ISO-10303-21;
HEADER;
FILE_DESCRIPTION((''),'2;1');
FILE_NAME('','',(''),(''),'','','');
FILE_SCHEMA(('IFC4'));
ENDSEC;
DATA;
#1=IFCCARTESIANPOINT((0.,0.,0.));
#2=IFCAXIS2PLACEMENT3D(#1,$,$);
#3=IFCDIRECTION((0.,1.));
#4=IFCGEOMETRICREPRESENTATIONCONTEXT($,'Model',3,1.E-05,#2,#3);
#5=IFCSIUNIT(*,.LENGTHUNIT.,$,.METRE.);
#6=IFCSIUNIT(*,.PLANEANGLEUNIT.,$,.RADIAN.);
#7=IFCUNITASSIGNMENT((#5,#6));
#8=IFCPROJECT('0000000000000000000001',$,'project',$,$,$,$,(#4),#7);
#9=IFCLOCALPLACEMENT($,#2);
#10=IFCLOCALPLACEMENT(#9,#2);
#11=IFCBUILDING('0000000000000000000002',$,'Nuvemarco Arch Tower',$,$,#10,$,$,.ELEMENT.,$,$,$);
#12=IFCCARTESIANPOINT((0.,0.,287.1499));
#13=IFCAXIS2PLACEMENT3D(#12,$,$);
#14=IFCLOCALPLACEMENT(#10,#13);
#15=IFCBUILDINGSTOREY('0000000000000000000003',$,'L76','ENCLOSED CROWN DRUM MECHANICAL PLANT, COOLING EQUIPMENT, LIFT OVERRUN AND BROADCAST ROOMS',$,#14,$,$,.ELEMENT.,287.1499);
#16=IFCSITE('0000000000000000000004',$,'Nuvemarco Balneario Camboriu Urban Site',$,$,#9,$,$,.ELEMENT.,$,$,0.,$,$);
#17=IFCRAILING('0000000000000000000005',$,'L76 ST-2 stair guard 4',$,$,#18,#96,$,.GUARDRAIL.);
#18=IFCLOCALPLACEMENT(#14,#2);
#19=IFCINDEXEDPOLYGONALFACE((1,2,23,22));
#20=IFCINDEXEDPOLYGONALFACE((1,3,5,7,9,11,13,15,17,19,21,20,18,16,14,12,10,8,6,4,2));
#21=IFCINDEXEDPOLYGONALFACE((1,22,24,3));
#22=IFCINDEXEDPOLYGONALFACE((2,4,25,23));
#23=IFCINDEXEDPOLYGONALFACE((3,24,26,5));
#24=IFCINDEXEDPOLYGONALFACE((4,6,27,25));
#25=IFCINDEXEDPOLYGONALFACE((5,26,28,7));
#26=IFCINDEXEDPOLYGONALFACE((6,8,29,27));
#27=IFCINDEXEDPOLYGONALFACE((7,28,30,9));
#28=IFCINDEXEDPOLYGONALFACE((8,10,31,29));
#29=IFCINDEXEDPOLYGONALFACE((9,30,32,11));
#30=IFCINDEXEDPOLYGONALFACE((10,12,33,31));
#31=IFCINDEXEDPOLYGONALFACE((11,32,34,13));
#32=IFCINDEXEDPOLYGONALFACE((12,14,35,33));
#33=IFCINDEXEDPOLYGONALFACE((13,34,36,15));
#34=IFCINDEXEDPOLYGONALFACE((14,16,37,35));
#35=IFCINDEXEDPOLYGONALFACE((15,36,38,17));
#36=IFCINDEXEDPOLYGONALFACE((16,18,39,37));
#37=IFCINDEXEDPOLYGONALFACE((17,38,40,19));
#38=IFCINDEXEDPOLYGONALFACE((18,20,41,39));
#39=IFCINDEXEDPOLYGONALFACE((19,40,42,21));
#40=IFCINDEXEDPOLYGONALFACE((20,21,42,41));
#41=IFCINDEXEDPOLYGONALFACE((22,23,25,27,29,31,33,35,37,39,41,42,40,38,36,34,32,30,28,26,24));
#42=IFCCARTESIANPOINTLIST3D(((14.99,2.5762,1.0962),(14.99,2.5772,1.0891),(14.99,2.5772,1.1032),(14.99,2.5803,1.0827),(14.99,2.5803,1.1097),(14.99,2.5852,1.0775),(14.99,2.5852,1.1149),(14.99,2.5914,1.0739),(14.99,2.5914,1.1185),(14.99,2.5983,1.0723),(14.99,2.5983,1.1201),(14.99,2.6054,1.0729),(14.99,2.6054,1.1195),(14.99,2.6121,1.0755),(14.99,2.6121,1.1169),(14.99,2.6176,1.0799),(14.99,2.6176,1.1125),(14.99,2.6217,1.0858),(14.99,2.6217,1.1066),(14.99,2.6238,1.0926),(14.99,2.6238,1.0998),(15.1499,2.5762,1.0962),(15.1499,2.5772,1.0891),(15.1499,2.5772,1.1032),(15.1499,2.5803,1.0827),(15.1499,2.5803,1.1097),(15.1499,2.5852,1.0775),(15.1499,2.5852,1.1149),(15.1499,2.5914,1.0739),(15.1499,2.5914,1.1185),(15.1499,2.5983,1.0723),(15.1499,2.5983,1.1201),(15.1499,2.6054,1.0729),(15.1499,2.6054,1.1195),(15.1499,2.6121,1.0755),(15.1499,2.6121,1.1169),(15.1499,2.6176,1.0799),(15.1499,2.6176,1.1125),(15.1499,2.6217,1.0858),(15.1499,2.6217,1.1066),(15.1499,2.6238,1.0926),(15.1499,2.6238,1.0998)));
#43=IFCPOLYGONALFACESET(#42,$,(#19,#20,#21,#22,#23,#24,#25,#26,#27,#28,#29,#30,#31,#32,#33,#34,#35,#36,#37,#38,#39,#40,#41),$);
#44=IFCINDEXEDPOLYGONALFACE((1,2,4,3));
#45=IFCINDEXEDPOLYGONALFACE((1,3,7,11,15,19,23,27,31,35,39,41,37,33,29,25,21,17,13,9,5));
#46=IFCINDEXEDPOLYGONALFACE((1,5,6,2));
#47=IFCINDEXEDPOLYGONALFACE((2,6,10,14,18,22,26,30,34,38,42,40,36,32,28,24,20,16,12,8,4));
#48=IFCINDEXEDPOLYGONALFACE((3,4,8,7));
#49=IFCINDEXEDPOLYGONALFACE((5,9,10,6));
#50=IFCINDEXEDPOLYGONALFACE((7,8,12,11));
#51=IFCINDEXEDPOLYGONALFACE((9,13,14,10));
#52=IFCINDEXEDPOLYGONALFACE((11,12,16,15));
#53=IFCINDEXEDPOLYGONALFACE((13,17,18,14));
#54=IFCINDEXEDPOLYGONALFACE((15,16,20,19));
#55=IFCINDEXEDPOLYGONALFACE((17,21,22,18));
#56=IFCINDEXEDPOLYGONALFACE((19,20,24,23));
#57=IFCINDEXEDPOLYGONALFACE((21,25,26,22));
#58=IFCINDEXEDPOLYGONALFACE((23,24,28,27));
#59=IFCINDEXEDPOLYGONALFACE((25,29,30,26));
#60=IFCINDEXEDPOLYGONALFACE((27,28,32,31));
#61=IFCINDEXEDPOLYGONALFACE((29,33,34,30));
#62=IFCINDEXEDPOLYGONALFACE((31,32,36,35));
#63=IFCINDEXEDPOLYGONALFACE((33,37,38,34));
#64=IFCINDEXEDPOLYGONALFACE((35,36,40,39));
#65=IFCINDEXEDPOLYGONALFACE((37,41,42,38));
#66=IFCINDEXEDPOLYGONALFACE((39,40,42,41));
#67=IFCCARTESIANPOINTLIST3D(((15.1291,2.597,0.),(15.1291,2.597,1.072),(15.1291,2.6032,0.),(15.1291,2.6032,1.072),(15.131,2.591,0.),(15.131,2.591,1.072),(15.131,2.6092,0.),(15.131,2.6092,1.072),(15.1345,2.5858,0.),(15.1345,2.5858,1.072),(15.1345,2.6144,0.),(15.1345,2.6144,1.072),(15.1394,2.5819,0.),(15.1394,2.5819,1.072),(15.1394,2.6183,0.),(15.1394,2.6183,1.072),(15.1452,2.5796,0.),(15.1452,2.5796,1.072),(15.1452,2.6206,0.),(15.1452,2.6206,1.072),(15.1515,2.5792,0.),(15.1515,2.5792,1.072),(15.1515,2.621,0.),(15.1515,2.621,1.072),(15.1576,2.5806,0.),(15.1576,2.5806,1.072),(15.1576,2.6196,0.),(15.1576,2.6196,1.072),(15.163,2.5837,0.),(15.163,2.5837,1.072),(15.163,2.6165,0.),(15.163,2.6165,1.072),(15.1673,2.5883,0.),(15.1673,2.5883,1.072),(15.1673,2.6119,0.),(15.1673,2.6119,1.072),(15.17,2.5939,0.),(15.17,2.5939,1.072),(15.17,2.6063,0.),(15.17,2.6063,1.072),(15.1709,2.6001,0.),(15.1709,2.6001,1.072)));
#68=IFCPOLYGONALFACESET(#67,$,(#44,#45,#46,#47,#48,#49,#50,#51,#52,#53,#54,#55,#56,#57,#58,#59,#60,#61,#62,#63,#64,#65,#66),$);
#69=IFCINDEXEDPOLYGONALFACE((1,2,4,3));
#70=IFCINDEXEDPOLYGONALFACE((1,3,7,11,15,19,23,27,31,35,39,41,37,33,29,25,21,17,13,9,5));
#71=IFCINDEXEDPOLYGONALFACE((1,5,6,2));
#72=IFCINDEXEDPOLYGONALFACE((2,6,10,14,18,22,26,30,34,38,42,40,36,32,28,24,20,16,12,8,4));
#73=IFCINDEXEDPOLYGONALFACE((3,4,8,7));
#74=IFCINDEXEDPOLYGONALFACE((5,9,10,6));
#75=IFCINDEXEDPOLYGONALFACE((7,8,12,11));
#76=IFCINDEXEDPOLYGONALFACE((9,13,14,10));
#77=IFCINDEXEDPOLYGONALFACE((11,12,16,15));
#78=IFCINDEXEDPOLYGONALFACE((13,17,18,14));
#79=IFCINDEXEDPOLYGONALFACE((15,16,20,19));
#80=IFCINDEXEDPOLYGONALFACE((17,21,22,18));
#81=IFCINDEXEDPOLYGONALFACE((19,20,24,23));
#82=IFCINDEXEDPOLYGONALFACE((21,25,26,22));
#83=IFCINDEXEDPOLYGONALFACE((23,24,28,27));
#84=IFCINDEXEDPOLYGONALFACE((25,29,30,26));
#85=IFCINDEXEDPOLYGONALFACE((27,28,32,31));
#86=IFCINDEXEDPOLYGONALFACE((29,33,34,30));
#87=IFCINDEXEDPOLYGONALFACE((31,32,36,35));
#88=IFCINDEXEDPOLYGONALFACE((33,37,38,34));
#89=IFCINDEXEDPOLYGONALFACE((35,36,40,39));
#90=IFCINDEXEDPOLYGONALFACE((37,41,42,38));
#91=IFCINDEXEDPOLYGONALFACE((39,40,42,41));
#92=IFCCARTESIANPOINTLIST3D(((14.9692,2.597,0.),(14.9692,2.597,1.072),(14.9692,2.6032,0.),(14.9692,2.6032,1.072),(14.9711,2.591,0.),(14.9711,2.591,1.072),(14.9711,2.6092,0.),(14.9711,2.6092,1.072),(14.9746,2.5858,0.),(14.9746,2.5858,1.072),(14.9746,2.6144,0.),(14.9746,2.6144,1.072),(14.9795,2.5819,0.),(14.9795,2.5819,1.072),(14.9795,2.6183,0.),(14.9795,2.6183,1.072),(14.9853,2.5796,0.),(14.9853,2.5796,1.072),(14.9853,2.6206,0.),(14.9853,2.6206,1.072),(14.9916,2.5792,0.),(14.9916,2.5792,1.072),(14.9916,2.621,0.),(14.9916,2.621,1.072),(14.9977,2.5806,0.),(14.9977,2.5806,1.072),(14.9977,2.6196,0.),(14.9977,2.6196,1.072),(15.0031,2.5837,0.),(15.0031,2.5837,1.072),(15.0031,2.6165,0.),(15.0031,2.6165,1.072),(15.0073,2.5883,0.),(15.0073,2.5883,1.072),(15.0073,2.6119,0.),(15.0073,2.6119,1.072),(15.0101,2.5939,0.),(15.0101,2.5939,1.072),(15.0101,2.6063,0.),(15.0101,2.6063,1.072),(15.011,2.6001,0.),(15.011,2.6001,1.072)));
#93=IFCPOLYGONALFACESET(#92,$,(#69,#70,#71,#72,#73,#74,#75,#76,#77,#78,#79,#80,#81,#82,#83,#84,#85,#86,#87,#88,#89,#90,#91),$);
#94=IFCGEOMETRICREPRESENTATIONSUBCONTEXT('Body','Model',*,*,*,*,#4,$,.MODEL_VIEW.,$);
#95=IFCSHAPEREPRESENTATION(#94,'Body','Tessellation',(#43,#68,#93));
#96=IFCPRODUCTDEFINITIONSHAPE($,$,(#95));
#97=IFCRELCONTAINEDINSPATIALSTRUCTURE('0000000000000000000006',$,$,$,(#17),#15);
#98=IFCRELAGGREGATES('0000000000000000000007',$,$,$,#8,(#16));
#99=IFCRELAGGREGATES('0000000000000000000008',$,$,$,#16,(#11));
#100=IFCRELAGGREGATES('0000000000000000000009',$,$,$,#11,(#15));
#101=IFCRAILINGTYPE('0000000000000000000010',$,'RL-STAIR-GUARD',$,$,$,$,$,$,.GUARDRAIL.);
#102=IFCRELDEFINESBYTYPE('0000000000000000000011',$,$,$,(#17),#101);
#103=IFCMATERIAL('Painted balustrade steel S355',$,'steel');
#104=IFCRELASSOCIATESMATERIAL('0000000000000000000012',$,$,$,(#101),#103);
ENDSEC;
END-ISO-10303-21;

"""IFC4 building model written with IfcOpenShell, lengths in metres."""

from ifc_helpers import new_model, si_unit, direction, frame, origin, origin_2d, place, context, subcontext, project, spatial, circle, extrude, material, type_object, element, save


model = new_model("IFC4")

# Units and contexts
model_context = context("Model", 3, precision=1e-05, world=origin(), true_north=direction((0.0, 1.0)))
body_context = subcontext(model_context, "Body", "Model", "MODEL_VIEW")
ifc_project = project(units=[si_unit("LENGTHUNIT", "METRE"), si_unit("PLANEANGLEUNIT", "RADIAN")], contexts=[model_context])

# Site, building, storey
site_placement = place(None, origin())
site = spatial("IfcSite", under=ifc_project, at=site_placement, Name="Nuvemarco Balneario Camboriu Urban Site", CompositionType="ELEMENT", RefElevation=0.0)
building_placement = place(site_placement, origin())
building = spatial("IfcBuilding", under=site, at=building_placement, Name="Nuvemarco Arch Tower", CompositionType="ELEMENT")
storey_placement = place(building_placement, frame((0.0, 0.0, 287.1499)))
storey = spatial("IfcBuildingStorey", under=building, at=storey_placement, Name="L76", Description="ENCLOSED CROWN DRUM MECHANICAL PLANT, COOLING EQUIPMENT, LIFT OVERRUN AND BROADCAST ROOMS", CompositionType="ELEMENT", Elevation=287.1499)

# Railing
ifc_material_1 = material(Name="Painted balustrade steel S355", Category="steel")
railing_type_1 = type_object("IfcRailingType", Name="RL-STAIR-GUARD", PredefinedType="GUARDRAIL", material=ifc_material_1)
railing_1_placement = place(storey_placement, frame((15.1499, 2.6001, 0.0)))
element("IfcRailing", 1, at=railing_1_placement, inside=storey, type_object=railing_type_1, Name="L76 ST-2 stair guard 4", PredefinedType="GUARDRAIL", context=body_context, shape_type="SweptSolid", body=[
    extrude(circle(Radius=0.0239, at=origin_2d()), frame((0.0, 0.0, 1.0962), z_axis=(-1.0, 0.0, 0.0), x_axis=(0.0, -1.0, 0.0)), (0.0, 0.0, 1.0), 0.1599),
    extrude(circle(Radius=0.021, at=origin_2d()), origin(), (0.0, 0.0, 1.0), 1.072),
    extrude(circle(Radius=0.021, at=origin_2d()), frame((-0.1599, 0.0, 0.0)), (0.0, 0.0, 1.0), 1.072),
])

save(model, "model.ifc")
